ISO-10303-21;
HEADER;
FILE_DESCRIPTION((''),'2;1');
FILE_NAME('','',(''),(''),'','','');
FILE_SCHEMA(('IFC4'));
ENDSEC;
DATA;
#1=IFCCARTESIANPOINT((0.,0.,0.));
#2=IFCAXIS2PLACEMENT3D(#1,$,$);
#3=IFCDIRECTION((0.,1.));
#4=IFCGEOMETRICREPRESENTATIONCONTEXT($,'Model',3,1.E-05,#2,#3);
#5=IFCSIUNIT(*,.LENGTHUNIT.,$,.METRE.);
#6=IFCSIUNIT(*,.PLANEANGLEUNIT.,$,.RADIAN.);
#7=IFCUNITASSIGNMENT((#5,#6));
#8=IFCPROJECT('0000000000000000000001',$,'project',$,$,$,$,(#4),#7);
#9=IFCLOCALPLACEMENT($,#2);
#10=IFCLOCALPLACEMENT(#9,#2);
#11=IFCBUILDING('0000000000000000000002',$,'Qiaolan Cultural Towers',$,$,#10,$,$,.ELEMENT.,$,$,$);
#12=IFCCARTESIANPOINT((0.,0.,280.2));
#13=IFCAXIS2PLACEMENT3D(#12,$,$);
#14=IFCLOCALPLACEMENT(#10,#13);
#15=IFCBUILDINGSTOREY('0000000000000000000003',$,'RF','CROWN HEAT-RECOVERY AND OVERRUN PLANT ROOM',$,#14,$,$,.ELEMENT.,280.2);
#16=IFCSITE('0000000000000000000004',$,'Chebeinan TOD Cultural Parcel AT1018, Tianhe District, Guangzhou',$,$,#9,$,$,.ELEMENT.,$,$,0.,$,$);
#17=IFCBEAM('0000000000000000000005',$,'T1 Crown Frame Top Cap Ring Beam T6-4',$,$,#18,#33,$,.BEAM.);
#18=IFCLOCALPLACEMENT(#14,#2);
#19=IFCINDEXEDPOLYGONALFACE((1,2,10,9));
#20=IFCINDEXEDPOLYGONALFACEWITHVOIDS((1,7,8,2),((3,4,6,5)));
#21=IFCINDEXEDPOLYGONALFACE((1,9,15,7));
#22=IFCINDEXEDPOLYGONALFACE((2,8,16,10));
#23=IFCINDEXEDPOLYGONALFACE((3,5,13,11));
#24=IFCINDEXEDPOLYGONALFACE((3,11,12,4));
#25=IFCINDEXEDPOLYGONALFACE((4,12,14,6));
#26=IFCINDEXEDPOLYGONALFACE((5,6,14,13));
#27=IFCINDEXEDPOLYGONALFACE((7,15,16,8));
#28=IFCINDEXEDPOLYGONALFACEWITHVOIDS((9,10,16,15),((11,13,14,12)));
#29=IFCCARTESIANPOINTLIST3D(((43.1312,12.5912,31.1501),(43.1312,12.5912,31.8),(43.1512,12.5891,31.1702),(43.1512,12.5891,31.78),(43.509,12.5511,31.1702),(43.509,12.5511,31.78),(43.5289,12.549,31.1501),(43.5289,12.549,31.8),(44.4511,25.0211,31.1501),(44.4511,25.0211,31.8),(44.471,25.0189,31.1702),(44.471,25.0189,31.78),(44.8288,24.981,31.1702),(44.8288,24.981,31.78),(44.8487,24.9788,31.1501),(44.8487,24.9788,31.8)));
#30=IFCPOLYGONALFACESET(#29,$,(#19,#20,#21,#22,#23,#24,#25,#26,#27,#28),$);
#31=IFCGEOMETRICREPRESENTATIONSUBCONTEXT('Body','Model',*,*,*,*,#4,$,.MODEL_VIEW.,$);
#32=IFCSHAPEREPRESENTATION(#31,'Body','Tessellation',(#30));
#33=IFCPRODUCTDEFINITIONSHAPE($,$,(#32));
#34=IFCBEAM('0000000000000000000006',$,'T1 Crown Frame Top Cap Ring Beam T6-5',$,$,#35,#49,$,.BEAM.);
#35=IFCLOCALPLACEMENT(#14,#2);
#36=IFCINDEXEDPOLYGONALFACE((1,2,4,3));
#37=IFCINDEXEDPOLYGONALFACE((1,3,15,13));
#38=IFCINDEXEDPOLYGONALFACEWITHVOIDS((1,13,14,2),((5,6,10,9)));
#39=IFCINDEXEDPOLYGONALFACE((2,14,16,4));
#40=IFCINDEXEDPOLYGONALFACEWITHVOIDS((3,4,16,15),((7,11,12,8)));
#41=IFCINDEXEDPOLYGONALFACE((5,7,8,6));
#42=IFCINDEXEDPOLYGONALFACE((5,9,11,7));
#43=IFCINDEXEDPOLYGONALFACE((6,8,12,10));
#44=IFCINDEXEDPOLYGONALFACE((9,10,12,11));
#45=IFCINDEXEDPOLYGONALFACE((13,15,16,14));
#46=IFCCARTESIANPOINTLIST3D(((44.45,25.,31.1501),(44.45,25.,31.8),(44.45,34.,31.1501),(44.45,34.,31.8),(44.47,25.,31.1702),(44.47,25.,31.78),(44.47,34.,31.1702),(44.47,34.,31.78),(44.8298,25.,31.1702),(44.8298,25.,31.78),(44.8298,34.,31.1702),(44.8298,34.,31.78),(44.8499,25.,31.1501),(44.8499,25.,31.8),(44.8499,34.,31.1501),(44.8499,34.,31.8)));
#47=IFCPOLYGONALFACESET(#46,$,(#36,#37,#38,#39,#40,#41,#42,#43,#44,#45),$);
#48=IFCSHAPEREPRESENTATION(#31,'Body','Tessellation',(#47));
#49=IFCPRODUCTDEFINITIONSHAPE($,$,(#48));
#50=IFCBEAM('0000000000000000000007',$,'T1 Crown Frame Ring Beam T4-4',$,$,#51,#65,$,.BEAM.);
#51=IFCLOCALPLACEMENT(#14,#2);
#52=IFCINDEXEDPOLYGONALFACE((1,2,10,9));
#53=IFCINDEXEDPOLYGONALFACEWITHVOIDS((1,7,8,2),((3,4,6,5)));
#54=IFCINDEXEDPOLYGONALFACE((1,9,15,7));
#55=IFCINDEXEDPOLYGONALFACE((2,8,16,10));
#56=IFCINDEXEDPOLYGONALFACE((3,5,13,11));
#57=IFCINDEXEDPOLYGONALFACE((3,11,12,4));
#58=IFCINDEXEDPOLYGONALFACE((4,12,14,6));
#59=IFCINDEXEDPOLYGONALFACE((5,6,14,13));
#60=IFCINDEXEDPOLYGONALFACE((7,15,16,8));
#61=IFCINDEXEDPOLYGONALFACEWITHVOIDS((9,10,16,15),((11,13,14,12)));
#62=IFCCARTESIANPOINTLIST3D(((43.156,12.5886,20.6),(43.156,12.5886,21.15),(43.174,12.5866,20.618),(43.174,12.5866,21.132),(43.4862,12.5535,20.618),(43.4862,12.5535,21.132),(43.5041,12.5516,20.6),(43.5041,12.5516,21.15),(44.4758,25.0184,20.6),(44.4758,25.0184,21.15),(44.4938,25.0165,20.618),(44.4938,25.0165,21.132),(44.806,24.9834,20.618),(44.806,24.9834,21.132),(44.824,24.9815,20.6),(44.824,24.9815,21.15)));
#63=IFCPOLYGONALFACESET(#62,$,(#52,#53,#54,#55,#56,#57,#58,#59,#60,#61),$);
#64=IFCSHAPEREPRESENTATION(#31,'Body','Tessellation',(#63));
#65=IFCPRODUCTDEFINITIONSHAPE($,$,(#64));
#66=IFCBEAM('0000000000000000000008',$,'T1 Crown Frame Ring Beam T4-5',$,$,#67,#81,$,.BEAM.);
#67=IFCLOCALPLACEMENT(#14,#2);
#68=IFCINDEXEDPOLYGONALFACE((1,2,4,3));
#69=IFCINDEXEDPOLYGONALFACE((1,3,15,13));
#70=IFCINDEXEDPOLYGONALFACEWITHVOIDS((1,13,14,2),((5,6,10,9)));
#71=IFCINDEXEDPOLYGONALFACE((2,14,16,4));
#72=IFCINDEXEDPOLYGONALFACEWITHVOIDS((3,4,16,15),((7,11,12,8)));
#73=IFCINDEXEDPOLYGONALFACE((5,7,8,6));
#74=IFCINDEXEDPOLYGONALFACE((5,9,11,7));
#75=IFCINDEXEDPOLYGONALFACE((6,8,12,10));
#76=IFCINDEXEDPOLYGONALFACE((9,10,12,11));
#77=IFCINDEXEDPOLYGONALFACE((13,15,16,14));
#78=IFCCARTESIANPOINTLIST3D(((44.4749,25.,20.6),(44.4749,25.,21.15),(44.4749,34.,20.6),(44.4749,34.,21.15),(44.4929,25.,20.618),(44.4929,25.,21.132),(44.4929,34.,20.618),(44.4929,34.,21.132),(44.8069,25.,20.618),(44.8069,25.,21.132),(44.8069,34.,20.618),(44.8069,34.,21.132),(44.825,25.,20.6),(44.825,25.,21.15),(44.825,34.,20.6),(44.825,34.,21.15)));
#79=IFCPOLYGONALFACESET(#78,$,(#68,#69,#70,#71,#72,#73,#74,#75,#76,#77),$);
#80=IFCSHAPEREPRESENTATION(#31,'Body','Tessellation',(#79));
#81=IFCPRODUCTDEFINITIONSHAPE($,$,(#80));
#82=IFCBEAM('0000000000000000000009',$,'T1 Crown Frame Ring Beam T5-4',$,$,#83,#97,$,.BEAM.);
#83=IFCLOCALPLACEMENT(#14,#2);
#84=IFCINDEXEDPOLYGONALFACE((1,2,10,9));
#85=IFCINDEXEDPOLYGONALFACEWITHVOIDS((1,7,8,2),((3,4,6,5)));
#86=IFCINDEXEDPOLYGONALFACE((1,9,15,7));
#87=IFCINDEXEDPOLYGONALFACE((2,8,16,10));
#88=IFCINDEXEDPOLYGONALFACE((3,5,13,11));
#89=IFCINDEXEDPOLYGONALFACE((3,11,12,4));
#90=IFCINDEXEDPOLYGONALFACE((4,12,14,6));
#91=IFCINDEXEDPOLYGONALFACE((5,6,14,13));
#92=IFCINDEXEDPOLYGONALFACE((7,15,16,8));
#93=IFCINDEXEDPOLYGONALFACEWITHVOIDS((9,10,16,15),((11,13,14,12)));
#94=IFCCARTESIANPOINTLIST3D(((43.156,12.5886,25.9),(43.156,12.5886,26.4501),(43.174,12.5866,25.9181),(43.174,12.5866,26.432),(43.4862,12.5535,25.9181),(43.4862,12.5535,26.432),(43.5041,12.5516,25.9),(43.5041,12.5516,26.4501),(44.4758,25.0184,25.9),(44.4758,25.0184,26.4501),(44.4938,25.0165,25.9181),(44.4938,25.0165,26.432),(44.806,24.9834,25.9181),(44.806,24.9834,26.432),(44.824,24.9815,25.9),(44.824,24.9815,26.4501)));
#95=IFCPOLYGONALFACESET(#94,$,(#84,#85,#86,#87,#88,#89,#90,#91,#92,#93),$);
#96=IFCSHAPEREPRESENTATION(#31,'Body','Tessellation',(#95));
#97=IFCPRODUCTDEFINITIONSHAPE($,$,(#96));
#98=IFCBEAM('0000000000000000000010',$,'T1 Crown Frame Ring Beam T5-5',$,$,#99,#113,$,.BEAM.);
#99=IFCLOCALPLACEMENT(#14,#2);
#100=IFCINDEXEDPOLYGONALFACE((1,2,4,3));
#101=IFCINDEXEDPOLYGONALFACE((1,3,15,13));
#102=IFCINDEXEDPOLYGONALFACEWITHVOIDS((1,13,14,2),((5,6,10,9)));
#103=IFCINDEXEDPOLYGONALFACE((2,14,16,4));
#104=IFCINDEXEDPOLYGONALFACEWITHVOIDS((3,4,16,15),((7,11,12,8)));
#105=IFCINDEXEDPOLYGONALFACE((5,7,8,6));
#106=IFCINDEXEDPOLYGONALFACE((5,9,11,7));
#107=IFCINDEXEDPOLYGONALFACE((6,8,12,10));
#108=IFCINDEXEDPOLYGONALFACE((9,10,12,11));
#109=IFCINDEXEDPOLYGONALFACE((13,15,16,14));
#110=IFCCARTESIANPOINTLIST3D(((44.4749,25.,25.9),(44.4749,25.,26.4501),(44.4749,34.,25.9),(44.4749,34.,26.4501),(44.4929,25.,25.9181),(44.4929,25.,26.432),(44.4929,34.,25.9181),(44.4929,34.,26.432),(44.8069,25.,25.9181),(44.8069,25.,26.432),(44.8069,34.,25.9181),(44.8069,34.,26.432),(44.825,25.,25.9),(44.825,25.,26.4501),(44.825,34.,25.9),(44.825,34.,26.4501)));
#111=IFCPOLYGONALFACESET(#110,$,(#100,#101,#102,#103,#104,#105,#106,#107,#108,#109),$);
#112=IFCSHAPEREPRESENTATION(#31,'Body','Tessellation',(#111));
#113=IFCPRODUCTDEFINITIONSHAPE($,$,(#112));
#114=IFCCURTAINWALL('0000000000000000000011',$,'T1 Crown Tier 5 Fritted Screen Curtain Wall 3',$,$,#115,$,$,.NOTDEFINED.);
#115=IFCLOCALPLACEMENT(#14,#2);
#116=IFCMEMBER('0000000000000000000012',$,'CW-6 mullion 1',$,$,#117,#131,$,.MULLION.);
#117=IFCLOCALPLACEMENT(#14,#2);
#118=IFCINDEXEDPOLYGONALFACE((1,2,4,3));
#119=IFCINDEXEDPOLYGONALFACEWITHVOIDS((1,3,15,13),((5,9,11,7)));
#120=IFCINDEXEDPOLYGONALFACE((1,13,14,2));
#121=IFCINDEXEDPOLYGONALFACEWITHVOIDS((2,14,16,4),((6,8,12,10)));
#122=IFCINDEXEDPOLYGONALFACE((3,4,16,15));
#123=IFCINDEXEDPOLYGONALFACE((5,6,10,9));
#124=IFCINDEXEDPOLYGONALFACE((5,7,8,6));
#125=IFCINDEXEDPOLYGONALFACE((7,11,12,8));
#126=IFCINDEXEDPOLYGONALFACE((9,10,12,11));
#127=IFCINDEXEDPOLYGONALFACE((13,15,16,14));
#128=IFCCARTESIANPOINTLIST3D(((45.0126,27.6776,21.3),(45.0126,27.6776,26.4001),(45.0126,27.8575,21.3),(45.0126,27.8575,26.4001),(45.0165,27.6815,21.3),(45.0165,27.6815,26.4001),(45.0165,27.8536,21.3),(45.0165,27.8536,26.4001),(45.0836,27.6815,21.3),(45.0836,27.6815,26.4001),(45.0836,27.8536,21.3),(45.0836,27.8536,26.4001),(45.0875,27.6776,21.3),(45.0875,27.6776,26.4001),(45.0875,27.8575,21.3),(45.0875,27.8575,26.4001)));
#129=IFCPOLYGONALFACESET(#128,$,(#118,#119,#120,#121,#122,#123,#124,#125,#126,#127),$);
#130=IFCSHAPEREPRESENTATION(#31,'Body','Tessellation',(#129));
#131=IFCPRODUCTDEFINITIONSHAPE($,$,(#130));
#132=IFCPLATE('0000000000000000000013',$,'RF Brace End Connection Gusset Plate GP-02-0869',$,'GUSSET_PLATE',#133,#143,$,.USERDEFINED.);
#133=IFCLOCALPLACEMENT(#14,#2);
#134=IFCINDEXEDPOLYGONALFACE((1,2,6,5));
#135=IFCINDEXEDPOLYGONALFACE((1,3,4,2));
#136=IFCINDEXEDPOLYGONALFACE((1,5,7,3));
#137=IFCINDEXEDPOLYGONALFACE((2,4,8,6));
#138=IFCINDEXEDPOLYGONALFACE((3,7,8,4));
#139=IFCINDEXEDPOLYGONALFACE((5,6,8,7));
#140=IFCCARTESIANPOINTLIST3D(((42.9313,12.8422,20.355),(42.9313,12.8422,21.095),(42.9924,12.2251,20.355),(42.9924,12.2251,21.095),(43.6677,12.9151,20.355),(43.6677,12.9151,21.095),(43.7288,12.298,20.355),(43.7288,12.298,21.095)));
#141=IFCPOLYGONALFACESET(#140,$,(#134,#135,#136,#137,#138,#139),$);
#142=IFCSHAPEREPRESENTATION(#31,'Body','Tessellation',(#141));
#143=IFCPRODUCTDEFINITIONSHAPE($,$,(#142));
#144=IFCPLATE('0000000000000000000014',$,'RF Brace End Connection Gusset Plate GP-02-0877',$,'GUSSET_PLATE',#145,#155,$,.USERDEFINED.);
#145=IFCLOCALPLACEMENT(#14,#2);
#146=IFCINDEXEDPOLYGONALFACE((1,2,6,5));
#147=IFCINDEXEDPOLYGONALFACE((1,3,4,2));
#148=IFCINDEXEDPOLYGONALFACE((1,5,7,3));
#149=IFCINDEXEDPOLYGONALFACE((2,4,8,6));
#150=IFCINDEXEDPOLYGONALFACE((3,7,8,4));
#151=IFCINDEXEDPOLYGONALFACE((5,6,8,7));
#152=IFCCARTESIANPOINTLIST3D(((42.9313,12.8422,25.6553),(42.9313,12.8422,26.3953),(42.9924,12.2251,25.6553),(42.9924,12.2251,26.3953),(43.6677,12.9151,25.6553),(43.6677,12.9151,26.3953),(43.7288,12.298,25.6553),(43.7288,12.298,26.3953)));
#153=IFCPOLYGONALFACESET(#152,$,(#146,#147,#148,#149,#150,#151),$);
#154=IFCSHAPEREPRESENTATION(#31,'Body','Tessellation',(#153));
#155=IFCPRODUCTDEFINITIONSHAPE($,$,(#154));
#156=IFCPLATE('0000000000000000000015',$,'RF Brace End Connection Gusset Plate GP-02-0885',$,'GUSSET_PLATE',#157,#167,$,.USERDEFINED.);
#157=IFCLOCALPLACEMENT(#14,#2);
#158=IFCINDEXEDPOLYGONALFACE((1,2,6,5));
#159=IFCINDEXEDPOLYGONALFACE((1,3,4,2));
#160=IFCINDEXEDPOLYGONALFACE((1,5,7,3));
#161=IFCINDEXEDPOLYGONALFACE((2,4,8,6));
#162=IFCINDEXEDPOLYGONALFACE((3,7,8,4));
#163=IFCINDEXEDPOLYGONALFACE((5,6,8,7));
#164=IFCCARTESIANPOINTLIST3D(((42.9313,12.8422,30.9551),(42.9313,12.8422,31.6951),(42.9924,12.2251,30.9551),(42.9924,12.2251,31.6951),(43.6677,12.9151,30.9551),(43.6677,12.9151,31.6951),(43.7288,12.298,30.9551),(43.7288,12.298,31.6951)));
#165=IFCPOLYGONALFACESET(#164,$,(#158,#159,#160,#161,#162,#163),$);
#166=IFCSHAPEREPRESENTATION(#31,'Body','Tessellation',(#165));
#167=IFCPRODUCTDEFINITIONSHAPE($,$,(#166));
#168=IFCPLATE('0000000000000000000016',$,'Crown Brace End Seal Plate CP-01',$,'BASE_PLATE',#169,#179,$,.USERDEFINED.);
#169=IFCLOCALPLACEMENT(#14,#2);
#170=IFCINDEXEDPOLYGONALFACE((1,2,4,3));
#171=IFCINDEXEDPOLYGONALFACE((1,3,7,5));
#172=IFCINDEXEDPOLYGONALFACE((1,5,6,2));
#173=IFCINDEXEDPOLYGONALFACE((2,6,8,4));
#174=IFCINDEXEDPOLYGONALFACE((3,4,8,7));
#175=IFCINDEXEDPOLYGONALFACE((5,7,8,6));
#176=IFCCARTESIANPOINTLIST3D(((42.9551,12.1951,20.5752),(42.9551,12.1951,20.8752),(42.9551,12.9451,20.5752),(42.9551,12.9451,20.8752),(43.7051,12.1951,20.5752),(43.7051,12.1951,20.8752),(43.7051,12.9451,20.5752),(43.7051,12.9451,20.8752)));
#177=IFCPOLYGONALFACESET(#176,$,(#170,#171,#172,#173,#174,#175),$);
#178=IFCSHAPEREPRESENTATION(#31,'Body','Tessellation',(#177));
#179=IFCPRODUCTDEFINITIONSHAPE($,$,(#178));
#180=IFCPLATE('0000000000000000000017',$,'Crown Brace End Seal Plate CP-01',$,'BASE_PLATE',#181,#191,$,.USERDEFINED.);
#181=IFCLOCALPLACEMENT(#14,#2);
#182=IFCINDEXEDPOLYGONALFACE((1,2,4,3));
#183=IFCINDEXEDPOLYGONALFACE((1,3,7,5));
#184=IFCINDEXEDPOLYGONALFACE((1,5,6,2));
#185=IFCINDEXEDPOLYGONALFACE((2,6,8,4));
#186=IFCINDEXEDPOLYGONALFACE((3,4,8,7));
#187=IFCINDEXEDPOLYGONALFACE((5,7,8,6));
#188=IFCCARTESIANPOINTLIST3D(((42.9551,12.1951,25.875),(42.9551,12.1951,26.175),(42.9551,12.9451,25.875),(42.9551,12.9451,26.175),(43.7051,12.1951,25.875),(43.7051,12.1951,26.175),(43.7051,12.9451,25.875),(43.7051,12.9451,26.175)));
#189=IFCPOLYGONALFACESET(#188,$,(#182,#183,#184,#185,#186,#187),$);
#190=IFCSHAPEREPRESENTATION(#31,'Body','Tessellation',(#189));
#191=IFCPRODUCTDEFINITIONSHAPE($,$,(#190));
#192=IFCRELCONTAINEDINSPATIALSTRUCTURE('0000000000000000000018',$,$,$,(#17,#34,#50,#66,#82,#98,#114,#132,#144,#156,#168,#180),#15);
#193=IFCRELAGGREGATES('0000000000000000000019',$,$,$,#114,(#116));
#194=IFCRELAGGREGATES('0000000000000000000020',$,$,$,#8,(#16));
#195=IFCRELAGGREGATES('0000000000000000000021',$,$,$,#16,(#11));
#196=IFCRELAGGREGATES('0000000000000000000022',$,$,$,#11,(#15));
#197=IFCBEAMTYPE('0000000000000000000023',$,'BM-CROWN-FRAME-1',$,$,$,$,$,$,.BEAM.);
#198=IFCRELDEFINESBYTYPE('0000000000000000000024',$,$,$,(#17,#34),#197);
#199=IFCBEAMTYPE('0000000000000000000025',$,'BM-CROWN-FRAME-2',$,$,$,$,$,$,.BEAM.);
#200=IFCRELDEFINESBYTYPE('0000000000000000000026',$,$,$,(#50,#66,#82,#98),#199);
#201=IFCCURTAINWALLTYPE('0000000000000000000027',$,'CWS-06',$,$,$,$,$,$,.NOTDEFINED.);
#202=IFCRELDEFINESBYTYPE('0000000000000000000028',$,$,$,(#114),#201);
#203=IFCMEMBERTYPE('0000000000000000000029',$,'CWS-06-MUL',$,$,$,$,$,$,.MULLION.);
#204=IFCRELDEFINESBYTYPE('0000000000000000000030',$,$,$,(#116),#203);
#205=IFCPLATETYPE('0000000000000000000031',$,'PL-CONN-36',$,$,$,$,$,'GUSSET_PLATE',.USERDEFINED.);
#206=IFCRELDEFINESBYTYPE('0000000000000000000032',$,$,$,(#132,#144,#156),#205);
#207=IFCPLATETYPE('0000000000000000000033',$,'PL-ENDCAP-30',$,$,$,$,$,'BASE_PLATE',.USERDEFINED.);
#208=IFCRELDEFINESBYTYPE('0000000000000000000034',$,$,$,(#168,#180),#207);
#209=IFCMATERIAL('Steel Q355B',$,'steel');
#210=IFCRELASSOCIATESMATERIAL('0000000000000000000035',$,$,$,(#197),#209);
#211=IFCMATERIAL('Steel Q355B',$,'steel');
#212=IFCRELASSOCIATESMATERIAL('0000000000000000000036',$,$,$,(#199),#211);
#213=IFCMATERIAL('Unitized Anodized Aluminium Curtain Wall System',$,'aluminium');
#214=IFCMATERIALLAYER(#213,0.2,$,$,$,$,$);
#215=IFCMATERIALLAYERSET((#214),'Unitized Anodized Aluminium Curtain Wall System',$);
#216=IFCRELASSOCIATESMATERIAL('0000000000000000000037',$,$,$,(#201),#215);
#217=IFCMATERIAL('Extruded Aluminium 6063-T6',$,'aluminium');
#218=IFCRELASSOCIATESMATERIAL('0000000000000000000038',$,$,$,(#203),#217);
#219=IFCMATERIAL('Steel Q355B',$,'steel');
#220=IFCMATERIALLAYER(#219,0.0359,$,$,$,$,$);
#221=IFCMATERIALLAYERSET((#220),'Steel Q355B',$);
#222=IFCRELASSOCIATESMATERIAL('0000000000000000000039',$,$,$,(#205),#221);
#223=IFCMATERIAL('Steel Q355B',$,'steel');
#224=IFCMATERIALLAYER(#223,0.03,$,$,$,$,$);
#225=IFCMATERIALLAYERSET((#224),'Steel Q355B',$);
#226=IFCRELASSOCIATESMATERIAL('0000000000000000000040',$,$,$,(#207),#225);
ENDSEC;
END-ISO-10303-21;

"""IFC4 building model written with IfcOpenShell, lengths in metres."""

from ifc_helpers import new_model, si_unit, direction, frame, origin, origin_2d, place, context, subcontext, project, spatial, rectangle, hollow_rectangle, extrude, material, layer, layer_set, material_profile, profile_set, type_object, element, aggregate, save


model = new_model("IFC4")

# Units and contexts
model_context = context("Model", 3, precision=1e-05, world=origin(), true_north=direction((0.0, 1.0)))
body_context = subcontext(model_context, "Body", "Model", "MODEL_VIEW")
ifc_project = project(units=[si_unit("LENGTHUNIT", "METRE"), si_unit("PLANEANGLEUNIT", "RADIAN")], contexts=[model_context])

# Site, building, storey
site_placement = place(None, origin())
site = spatial("IfcSite", under=ifc_project, at=site_placement, Name="Chebeinan TOD Cultural Parcel AT1018, Tianhe District, Guangzhou", CompositionType="ELEMENT", RefElevation=0.0)
building_placement = place(site_placement, origin())
building = spatial("IfcBuilding", under=site, at=building_placement, Name="Qiaolan Cultural Towers", CompositionType="ELEMENT")
storey_placement = place(building_placement, frame((0.0, 0.0, 280.2)))
storey = spatial("IfcBuildingStorey", under=building, at=storey_placement, Name="RF", Description="CROWN HEAT-RECOVERY AND OVERRUN PLANT ROOM", CompositionType="ELEMENT", Elevation=280.2)

# Beams
ifc_material_1 = material(Name="Steel Q355B", Category="steel")
ifc_material_profile_1 = material_profile(ifc_material_1, hollow_rectangle(XDim=0.3999, YDim=0.6499, WallThickness=0.02, at=origin_2d()), Name="BOX650x400x20")
ifc_profile_set_1 = profile_set([ifc_material_profile_1], Name="Steel Q355B")
beam_type_1 = type_object("IfcBeamType", Name="BM-CROWN-FRAME-1", PredefinedType="BEAM", material=ifc_profile_set_1)
beam_1_placement = place(storey_placement, frame((43.3301, 12.5701, 31.4751), z_axis=(0.105588, 0.99441, 0.0), x_axis=(-0.99441, 0.105588, 0.0)))
element("IfcBeam", 1, at=beam_1_placement, inside=storey, type_object=beam_type_1, Name="T1 Crown Frame Top Cap Ring Beam T6-4", PredefinedType="BEAM", context=body_context, shape_type="SweptSolid", body=[
    extrude(hollow_rectangle(XDim=0.3999, YDim=0.6499, WallThickness=0.02, at=origin_2d()), origin(), (0.0, 0.0, 1.0), 12.4998),
])
beam_2_placement = place(storey_placement, frame((44.6499, 25.0, 31.4751), z_axis=(0.0, 1.0, 0.0), x_axis=(-1.0, 0.0, 0.0)))
element("IfcBeam", 2, at=beam_2_placement, inside=storey, type_object=beam_type_1, Name="T1 Crown Frame Top Cap Ring Beam T6-5", PredefinedType="BEAM", context=body_context, shape_type="SweptSolid", body=[
    extrude(hollow_rectangle(XDim=0.3999, YDim=0.6499, WallThickness=0.02, at=origin_2d()), origin(), (0.0, 0.0, 1.0), 9.0),
])
ifc_material_2 = material(Name="Steel Q355B", Category="steel")
ifc_material_profile_2 = material_profile(ifc_material_2, hollow_rectangle(XDim=0.3501, YDim=0.55, WallThickness=0.0181, at=origin_2d()), Name="BOX550x350x18")
ifc_profile_set_2 = profile_set([ifc_material_profile_2], Name="Steel Q355B")
beam_type_2 = type_object("IfcBeamType", Name="BM-CROWN-FRAME-2", PredefinedType="BEAM", material=ifc_profile_set_2)
beam_3_placement = place(storey_placement, frame((43.3301, 12.5701, 20.875), z_axis=(0.105588, 0.99441, 0.0), x_axis=(-0.99441, 0.105588, 0.0)))
element("IfcBeam", 3, at=beam_3_placement, inside=storey, type_object=beam_type_2, Name="T1 Crown Frame Ring Beam T4-4", PredefinedType="BEAM", context=body_context, shape_type="SweptSolid", body=[
    extrude(hollow_rectangle(XDim=0.3501, YDim=0.55, WallThickness=0.0181, at=origin_2d()), origin(), (0.0, 0.0, 1.0), 12.4998),
])
beam_4_placement = place(storey_placement, frame((44.6499, 25.0, 20.875), z_axis=(0.0, 1.0, 0.0), x_axis=(-1.0, 0.0, 0.0)))
element("IfcBeam", 4, at=beam_4_placement, inside=storey, type_object=beam_type_2, Name="T1 Crown Frame Ring Beam T4-5", PredefinedType="BEAM", context=body_context, shape_type="SweptSolid", body=[
    extrude(hollow_rectangle(XDim=0.3501, YDim=0.55, WallThickness=0.0181, at=origin_2d()), origin(), (0.0, 0.0, 1.0), 9.0),
])
beam_5_placement = place(storey_placement, frame((43.3301, 12.5701, 26.175), z_axis=(0.105588, 0.99441, 0.0), x_axis=(-0.99441, 0.105588, 0.0)))
element("IfcBeam", 5, at=beam_5_placement, inside=storey, type_object=beam_type_2, Name="T1 Crown Frame Ring Beam T5-4", PredefinedType="BEAM", context=body_context, shape_type="SweptSolid", body=[
    extrude(hollow_rectangle(XDim=0.3501, YDim=0.55, WallThickness=0.0181, at=origin_2d()), origin(), (0.0, 0.0, 1.0), 12.4998),
])
beam_6_placement = place(storey_placement, frame((44.6499, 25.0, 26.175), z_axis=(0.0, 1.0, 0.0), x_axis=(-1.0, 0.0, 0.0)))
element("IfcBeam", 6, at=beam_6_placement, inside=storey, type_object=beam_type_2, Name="T1 Crown Frame Ring Beam T5-5", PredefinedType="BEAM", context=body_context, shape_type="SweptSolid", body=[
    extrude(hollow_rectangle(XDim=0.3501, YDim=0.55, WallThickness=0.0181, at=origin_2d()), origin(), (0.0, 0.0, 1.0), 9.0),
])

# Curtain wall, member
ifc_material_3 = material(Name="Unitized Anodized Aluminium Curtain Wall System", Category="aluminium")
ifc_layer_1 = layer(ifc_material_3, 0.2)
ifc_layer_set_1 = layer_set([ifc_layer_1], Name="Unitized Anodized Aluminium Curtain Wall System")
curtain_wall_type = type_object("IfcCurtainWallType", Name="CWS-06", PredefinedType="NOTDEFINED", material=ifc_layer_set_1)
curtain_wall_placement = place(storey_placement, origin())
curtain_wall = element("IfcCurtainWall", 7, at=curtain_wall_placement, inside=storey, type_object=curtain_wall_type, Name="T1 Crown Tier 5 Fritted Screen Curtain Wall 3", PredefinedType="NOTDEFINED")
ifc_material_4 = material(Name="Extruded Aluminium 6063-T6", Category="aluminium")
ifc_material_profile_3 = material_profile(ifc_material_4, hollow_rectangle(XDim=0.075, YDim=0.1799, WallThickness=0.0039, at=origin_2d()), Name="CWM-180x75x4")
ifc_profile_set_3 = profile_set([ifc_material_profile_3], Name="Extruded Aluminium 6063-T6")
member_type = type_object("IfcMemberType", Name="CWS-06-MUL", PredefinedType="MULLION", material=ifc_profile_set_3)
member_placement = place(storey_placement, frame((45.05, 27.7676, 21.3), z_axis=(0.0, 0.0, 1.0), x_axis=(-1.0, 0.0, 0.0)))
member = element("IfcMember", 8, at=member_placement, type_object=member_type, Name="CW-6 mullion 1", PredefinedType="MULLION", context=body_context, shape_type="SweptSolid", body=[
    extrude(hollow_rectangle(XDim=0.075, YDim=0.1799, WallThickness=0.0039, at=origin_2d()), origin(), (0.0, 0.0, 1.0), 5.1001),
])
aggregate(curtain_wall, [member])

# Plates
ifc_material_5 = material(Name="Steel Q355B", Category="steel")
ifc_layer_2 = layer(ifc_material_5, 0.0359)
ifc_layer_set_2 = layer_set([ifc_layer_2], Name="Steel Q355B")
plate_type_1 = type_object("IfcPlateType", Name="PL-CONN-36", ElementType="GUSSET_PLATE", PredefinedType="USERDEFINED", material=ifc_layer_set_2)
for number, where, z_axis, x_axis, name in (
    (9, (43.3301, 12.5701, 20.355), (0.0, 0.0, 1.0), (0.995133, 0.098543, 0.0), "RF Brace End Connection Gusset Plate GP-02-0869"),
    (10, (43.3301, 12.5701, 25.6553), (0.0, 0.0, 1.0), (0.995133, 0.098543, 0.0), "RF Brace End Connection Gusset Plate GP-02-0877"),
    (11, (43.3301, 12.5701, 30.9551), (0.0, 0.0, 1.0), (0.995133, 0.098543, 0.0), "RF Brace End Connection Gusset Plate GP-02-0885"),
):
    element("IfcPlate", number, at=place(storey_placement, frame(where, z_axis=z_axis, x_axis=x_axis)), inside=storey, type_object=plate_type_1, Name=name, ObjectType="GUSSET_PLATE", PredefinedType="USERDEFINED", context=body_context, shape_type="SweptSolid", body=[
        extrude(rectangle(XDim=0.74, YDim=0.6201, at=origin_2d()), origin(), (0.0, 0.0, 1.0), 0.74),
    ])
ifc_material_6 = material(Name="Steel Q355B", Category="steel")
ifc_layer_3 = layer(ifc_material_6, 0.03)
ifc_layer_set_3 = layer_set([ifc_layer_3], Name="Steel Q355B")
plate_type_2 = type_object("IfcPlateType", Name="PL-ENDCAP-30", ElementType="BASE_PLATE", PredefinedType="USERDEFINED", material=ifc_layer_set_3)
for number, where, z_axis, x_axis, name in (
    (12, (43.3301, 12.5701, 20.5752), (0.0, 0.0, 1.0), (1.0, 0.0, 0.0), "Crown Brace End Seal Plate CP-01"),
    (13, (43.3301, 12.5701, 25.875), (0.0, 0.0, 1.0), (1.0, 0.0, 0.0), "Crown Brace End Seal Plate CP-01"),
):
    element("IfcPlate", number, at=place(storey_placement, frame(where, z_axis=z_axis, x_axis=x_axis)), inside=storey, type_object=plate_type_2, Name=name, ObjectType="BASE_PLATE", PredefinedType="USERDEFINED", context=body_context, shape_type="SweptSolid", body=[
        extrude(rectangle(XDim=0.75, YDim=0.75, at=origin_2d()), origin(), (0.0, 0.0, 1.0), 0.3),
    ])

save(model, "model.ifc")
